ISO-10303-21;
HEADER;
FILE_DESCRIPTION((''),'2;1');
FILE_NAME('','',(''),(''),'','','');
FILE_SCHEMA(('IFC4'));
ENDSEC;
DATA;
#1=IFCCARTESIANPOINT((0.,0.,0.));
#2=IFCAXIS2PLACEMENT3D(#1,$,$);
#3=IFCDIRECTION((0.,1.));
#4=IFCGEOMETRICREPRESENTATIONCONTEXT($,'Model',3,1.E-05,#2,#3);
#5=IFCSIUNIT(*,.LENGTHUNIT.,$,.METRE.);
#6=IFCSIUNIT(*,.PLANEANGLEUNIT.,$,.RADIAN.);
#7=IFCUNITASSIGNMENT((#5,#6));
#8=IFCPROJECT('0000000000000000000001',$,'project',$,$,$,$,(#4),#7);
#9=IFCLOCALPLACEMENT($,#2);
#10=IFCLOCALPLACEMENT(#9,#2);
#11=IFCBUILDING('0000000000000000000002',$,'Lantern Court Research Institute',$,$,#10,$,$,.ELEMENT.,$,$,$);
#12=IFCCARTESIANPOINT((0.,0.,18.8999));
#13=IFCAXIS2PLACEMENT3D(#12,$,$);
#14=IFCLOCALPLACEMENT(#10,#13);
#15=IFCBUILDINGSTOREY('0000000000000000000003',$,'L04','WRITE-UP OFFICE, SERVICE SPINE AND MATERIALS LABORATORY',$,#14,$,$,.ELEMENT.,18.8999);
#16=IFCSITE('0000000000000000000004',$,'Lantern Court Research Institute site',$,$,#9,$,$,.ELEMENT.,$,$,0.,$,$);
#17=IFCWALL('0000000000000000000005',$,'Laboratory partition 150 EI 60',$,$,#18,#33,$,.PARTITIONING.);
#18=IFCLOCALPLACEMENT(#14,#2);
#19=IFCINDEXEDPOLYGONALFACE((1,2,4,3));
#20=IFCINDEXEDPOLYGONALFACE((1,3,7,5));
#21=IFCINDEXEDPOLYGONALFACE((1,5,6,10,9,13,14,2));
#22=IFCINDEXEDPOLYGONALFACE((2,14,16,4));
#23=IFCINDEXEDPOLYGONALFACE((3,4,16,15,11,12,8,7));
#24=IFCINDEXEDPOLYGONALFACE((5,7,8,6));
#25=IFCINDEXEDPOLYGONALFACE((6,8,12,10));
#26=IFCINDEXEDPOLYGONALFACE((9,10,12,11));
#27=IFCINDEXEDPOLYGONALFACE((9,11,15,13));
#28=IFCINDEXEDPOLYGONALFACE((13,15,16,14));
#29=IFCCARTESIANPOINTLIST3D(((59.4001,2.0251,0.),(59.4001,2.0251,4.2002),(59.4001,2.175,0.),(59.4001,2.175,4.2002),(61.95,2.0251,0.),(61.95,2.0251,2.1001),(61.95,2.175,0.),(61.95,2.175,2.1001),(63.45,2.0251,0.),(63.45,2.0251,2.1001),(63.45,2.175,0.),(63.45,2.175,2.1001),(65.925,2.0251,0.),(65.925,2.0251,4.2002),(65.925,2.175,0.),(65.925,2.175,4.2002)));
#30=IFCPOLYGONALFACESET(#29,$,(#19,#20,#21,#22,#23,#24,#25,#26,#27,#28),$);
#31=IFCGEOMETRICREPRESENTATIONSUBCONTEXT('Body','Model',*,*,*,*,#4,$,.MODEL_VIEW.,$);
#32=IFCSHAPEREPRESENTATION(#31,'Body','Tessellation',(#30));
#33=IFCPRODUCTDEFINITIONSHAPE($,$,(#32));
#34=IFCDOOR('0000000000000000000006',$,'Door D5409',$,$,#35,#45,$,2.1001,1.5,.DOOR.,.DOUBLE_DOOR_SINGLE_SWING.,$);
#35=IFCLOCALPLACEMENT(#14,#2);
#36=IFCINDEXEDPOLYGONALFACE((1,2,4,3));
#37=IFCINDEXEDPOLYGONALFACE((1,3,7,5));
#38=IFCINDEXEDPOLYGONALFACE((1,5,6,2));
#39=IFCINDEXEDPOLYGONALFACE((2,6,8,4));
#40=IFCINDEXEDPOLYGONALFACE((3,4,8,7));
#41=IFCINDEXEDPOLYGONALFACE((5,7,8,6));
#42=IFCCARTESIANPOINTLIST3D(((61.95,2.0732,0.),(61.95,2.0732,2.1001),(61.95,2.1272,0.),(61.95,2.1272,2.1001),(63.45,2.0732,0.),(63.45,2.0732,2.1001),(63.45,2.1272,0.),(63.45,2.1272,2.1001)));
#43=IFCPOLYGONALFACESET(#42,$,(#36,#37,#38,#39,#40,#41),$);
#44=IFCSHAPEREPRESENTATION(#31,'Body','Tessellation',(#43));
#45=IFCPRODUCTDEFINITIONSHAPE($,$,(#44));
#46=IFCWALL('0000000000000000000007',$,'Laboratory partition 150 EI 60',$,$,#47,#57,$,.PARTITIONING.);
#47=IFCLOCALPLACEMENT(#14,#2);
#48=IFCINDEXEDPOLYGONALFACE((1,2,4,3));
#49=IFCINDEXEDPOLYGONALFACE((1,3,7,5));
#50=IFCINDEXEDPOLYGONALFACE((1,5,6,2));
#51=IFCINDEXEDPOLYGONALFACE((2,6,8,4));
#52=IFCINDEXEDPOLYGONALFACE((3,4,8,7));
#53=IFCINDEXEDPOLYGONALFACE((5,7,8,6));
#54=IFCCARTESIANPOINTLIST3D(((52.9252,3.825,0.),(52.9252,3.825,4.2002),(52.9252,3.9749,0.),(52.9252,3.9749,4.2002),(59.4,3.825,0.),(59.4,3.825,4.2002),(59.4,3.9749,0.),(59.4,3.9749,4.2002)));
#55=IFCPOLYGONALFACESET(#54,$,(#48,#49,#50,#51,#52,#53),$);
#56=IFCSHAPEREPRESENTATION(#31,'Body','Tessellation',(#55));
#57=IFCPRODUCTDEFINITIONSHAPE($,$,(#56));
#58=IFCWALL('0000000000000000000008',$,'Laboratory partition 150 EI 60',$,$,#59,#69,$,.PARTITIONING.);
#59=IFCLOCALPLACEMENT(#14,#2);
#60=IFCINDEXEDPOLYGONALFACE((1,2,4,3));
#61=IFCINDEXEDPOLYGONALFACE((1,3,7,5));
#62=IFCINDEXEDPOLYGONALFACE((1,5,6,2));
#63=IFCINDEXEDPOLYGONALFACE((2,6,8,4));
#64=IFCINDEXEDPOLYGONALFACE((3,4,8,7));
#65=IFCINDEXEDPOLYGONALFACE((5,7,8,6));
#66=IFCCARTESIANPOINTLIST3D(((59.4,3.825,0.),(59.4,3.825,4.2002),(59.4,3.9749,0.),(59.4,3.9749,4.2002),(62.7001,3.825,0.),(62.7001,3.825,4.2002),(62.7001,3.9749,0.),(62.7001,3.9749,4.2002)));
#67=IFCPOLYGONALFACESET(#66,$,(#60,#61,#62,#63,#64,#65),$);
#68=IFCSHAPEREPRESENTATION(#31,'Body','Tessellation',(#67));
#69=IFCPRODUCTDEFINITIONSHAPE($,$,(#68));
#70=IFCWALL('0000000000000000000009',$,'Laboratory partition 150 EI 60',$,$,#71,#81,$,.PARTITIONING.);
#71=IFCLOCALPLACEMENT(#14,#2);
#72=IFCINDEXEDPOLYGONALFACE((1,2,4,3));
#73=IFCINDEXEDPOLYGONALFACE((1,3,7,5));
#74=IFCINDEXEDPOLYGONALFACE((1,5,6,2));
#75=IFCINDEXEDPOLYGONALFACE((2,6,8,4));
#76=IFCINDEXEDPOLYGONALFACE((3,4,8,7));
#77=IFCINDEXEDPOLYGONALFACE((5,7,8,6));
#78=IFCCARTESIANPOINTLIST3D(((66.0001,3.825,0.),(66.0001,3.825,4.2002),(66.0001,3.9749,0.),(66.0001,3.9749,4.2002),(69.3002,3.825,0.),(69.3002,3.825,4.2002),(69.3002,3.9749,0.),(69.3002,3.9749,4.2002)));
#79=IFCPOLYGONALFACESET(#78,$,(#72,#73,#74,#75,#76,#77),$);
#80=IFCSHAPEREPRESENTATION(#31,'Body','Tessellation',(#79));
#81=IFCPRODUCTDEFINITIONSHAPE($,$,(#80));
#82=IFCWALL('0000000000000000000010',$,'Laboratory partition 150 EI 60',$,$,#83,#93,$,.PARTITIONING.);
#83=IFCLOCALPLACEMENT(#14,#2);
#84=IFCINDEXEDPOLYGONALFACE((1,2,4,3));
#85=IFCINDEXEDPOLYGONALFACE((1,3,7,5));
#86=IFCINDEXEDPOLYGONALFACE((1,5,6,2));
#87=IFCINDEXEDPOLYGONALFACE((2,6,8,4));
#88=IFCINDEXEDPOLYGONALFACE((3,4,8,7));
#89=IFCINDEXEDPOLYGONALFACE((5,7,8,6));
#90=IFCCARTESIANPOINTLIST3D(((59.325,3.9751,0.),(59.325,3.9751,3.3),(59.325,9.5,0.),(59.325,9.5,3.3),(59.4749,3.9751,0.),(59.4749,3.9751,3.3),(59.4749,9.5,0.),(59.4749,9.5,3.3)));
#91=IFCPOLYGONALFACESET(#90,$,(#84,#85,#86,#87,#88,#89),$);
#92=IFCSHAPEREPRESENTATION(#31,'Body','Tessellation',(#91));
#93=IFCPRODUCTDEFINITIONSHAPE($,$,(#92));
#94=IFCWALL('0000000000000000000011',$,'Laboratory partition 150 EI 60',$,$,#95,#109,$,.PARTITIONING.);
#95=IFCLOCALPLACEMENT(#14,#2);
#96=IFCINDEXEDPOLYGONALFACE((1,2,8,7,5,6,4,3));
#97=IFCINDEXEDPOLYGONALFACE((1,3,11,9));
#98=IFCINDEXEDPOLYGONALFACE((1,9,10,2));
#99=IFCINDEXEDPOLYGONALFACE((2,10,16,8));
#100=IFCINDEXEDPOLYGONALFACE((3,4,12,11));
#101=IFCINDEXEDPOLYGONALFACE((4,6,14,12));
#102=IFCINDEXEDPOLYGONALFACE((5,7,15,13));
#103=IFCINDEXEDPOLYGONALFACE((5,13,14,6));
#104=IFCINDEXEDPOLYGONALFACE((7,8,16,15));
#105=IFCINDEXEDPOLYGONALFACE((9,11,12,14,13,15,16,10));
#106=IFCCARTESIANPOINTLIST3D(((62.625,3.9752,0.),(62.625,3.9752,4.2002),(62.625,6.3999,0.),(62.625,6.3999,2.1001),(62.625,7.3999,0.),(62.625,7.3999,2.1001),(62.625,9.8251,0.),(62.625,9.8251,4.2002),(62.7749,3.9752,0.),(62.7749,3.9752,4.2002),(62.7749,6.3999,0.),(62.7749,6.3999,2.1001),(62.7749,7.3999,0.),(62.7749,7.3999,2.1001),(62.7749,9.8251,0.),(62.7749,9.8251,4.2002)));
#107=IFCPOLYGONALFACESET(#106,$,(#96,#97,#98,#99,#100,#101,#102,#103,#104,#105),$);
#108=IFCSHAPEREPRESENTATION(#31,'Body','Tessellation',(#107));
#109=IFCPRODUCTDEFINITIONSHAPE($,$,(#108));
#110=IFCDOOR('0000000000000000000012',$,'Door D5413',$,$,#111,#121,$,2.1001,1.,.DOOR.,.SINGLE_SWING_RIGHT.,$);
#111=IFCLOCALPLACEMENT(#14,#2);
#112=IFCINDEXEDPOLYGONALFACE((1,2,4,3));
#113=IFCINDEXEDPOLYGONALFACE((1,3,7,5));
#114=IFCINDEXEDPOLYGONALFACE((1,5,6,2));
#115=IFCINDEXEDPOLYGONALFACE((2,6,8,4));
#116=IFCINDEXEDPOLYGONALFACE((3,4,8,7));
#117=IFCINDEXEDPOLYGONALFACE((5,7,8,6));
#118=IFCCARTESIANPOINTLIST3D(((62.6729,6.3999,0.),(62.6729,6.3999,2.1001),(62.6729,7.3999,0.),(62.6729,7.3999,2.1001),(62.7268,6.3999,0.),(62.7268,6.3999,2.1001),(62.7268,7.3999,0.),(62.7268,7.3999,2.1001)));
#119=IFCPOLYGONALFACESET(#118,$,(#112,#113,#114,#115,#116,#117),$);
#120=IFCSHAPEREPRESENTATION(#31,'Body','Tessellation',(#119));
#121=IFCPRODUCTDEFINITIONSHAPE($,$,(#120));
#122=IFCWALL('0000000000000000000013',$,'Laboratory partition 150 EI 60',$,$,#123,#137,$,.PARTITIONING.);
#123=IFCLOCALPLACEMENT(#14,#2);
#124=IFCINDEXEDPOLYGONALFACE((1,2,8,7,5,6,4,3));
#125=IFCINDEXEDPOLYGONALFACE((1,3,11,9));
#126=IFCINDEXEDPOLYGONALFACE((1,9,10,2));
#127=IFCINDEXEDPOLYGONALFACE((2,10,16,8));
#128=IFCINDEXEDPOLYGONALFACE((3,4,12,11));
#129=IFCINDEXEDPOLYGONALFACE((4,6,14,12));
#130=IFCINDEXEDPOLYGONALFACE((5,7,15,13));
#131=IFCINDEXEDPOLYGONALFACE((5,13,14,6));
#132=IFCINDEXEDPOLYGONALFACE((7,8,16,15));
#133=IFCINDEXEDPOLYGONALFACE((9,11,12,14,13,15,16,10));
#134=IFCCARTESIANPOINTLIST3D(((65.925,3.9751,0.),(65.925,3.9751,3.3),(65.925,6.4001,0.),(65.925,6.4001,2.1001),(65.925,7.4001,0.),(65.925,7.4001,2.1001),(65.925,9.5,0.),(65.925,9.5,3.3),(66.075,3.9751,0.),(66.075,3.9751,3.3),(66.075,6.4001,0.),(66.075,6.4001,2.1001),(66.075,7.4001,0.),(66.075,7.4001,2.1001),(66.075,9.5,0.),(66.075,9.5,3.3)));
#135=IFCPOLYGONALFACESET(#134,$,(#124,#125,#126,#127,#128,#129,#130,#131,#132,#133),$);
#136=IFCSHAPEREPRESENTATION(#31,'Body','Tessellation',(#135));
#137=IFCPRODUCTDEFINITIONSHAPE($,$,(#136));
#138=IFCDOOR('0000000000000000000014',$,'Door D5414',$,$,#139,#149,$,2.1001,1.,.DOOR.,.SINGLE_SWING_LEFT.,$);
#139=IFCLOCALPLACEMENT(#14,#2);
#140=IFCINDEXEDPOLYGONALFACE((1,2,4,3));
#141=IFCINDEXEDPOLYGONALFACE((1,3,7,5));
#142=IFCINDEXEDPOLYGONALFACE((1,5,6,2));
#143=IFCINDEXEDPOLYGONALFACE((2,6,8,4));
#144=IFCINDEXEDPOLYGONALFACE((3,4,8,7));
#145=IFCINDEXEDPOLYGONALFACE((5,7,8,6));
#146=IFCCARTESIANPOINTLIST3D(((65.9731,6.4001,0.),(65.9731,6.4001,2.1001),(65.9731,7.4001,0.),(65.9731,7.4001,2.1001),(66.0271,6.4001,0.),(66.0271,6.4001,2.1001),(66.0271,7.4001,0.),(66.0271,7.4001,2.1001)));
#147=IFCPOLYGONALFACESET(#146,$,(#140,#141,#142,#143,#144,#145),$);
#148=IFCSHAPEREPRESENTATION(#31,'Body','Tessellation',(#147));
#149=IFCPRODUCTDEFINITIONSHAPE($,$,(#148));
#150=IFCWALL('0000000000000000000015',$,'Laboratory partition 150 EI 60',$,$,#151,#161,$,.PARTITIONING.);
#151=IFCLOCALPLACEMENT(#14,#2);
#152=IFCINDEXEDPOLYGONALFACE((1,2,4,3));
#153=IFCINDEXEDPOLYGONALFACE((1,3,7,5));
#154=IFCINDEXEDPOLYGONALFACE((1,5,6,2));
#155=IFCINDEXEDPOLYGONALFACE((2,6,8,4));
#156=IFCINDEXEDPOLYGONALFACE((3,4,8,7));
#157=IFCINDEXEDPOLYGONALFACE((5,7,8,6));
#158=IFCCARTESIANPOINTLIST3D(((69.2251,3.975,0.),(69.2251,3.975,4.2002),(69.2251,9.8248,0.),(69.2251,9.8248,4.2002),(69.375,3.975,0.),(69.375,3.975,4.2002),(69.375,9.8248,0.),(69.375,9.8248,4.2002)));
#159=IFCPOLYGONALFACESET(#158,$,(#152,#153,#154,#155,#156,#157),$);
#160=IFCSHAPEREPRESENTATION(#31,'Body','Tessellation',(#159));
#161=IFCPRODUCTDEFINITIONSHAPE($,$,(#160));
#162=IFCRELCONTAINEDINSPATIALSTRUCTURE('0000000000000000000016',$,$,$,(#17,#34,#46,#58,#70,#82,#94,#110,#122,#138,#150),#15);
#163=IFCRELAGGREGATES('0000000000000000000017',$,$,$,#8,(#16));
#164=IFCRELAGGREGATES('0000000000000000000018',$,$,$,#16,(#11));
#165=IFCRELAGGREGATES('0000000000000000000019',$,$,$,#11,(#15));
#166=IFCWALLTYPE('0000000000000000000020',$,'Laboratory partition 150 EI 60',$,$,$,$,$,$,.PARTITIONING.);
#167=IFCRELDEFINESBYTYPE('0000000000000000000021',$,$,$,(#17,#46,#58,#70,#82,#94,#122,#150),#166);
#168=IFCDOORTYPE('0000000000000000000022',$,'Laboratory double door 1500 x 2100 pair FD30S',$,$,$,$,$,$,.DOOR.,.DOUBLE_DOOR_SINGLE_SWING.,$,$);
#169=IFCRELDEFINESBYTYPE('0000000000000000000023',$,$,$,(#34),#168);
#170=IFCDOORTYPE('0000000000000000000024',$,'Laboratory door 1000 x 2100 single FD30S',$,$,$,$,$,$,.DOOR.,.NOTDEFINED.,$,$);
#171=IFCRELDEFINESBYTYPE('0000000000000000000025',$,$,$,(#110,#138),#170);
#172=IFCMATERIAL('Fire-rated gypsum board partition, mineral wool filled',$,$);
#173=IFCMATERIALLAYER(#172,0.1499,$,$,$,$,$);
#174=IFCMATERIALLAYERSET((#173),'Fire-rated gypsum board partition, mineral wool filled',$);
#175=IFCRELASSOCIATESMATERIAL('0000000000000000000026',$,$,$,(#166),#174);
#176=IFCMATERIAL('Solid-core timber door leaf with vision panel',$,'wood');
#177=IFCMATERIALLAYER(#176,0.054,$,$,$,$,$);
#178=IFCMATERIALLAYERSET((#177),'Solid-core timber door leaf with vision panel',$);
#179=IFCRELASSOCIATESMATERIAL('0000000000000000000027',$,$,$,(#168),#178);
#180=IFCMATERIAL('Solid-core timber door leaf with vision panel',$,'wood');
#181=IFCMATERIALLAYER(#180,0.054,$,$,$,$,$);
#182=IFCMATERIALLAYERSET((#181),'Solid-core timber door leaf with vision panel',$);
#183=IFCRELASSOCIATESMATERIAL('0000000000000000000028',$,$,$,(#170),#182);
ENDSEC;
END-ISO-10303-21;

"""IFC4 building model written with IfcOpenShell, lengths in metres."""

from ifc_helpers import new_model, si_unit, direction, frame, frame_2d, origin, place, context, subcontext, project, spatial, rectangle, extrude, material, layer, layer_set, type_object, element, fill, save


model = new_model("IFC4")

# Units and contexts
model_context = context("Model", 3, precision=1e-05, world=origin(), true_north=direction((0.0, 1.0)))
body_context = subcontext(model_context, "Body", "Model", "MODEL_VIEW")
ifc_project = project(units=[si_unit("LENGTHUNIT", "METRE"), si_unit("PLANEANGLEUNIT", "RADIAN")], contexts=[model_context])

# Site, building, storey
site_placement = place(None, origin())
site = spatial("IfcSite", under=ifc_project, at=site_placement, Name="Lantern Court Research Institute site", CompositionType="ELEMENT", RefElevation=0.0)
building_placement = place(site_placement, origin())
building = spatial("IfcBuilding", under=site, at=building_placement, Name="Lantern Court Research Institute", CompositionType="ELEMENT")
storey_placement = place(building_placement, frame((0.0, 0.0, 18.8999)))
storey = spatial("IfcBuildingStorey", under=building, at=storey_placement, Name="L04", Description="WRITE-UP OFFICE, SERVICE SPINE AND MATERIALS LABORATORY", CompositionType="ELEMENT", Elevation=18.8999)

# Shared definitions
ifc_material_1 = material(Name="Fire-rated gypsum board partition, mineral wool filled")
ifc_layer_1 = layer(ifc_material_1, 0.1499)
ifc_layer_set_1 = layer_set([ifc_layer_1], Name="Fire-rated gypsum board partition, mineral wool filled")
wall_type_1 = type_object("IfcWallType", Name="Laboratory partition 150 EI 60", PredefinedType="PARTITIONING", material=ifc_layer_set_1)

# Wall, opening, door
wall_1_placement = place(storey_placement, frame((65.925, 2.1001, 0.0), z_axis=(0.0, 0.0, 1.0), x_axis=(-1.0, 0.0, 0.0)))
wall_1 = element("IfcWall", 1, at=wall_1_placement, inside=storey, type_object=wall_type_1, Name="Laboratory partition 150 EI 60", PredefinedType="PARTITIONING", context=body_context, shape_type="SweptSolid", body=[
    extrude(rectangle(XDim=6.5249, YDim=0.1499, at=frame_2d((3.2625, 0.0))), origin(), (0.0, 0.0, 1.0), 4.2002),
])
opening_1_placement = place(wall_1_placement, frame((2.4751, 0.0, 0.0)))
opening_1 = element("IfcOpeningElement", 2, at=opening_1_placement, cuts=wall_1, PredefinedType="OPENING", context=body_context, shape_type="SweptSolid", body=[
    extrude(rectangle(XDim=1.5, YDim=2.1001, at=frame_2d((0.75, 1.05))), frame((0.0, 0.085, 0.0), z_axis=(0.0, -1.0, 0.0), x_axis=(1.0, 0.0, 0.0)), (0.0, 0.0, 1.0), 0.1699),
])
ifc_material_2 = material(Name="Solid-core timber door leaf with vision panel", Category="wood")
ifc_layer_2 = layer(ifc_material_2, 0.054)
ifc_layer_set_2 = layer_set([ifc_layer_2], Name="Solid-core timber door leaf with vision panel")
door_type_1 = type_object("IfcDoorType", Name="Laboratory double door 1500 x 2100 pair FD30S", OperationType="DOUBLE_DOOR_SINGLE_SWING", PredefinedType="DOOR", material=ifc_layer_set_2)
door_1_placement = place(opening_1_placement, origin())
door_1 = element("IfcDoor", 3, at=door_1_placement, inside=storey, type_object=door_type_1, Name="Door D5409", OperationType="DOUBLE_DOOR_SINGLE_SWING", OverallHeight=2.1001, OverallWidth=1.5, PredefinedType="DOOR", context=body_context, shape_type="SweptSolid", body=[
    extrude(rectangle(XDim=1.5, YDim=2.1001, at=frame_2d((0.75, 1.05))), frame((0.0, 0.0269, 0.0), z_axis=(0.0, -1.0, 0.0), x_axis=(1.0, 0.0, 0.0)), (0.0, 0.0, 1.0), 0.054),
])
fill(opening_1, door_1)

# Walls
wall_2_placement = place(storey_placement, frame((59.3999, 3.8999, 0.0), z_axis=(0.0, 0.0, 1.0), x_axis=(-1.0, 0.0, 0.0)))
element("IfcWall", 4, at=wall_2_placement, inside=storey, type_object=wall_type_1, Name="Laboratory partition 150 EI 60", PredefinedType="PARTITIONING", context=body_context, shape_type="SweptSolid", body=[
    extrude(rectangle(XDim=6.4749, YDim=0.1499, at=frame_2d((3.2373, 0.0))), origin(), (0.0, 0.0, 1.0), 4.2002),
])
for number, where, z_axis, x_axis, name in (
    (5, (62.7, 3.8999, 0.0), (0.0, 0.0, 1.0), (-1.0, 0.0, 0.0), "Laboratory partition 150 EI 60"),
    (6, (69.3, 3.8999, 0.0), (0.0, 0.0, 1.0), (-1.0, 0.0, 0.0), "Laboratory partition 150 EI 60"),
):
    element("IfcWall", number, at=place(storey_placement, frame(where, z_axis=z_axis, x_axis=x_axis)), inside=storey, type_object=wall_type_1, Name=name, PredefinedType="PARTITIONING", context=body_context, shape_type="SweptSolid", body=[
        extrude(rectangle(XDim=3.3, YDim=0.1499, at=frame_2d((1.6499, 0.0))), origin(), (0.0, 0.0, 1.0), 4.2002),
    ])
wall_3_placement = place(storey_placement, frame((59.3999, 3.9751, 0.0), z_axis=(0.0, 0.0, 1.0), x_axis=(0.0, 1.0, 0.0)))
element("IfcWall", 7, at=wall_3_placement, inside=storey, type_object=wall_type_1, Name="Laboratory partition 150 EI 60", PredefinedType="PARTITIONING", context=body_context, shape_type="SweptSolid", body=[
    extrude(rectangle(XDim=5.5249, YDim=0.1499, at=frame_2d((2.7625, 0.0))), origin(), (0.0, 0.0, 1.0), 3.3),
])

# Walls, openings, doors
wall_4_placement = place(storey_placement, frame((62.7, 9.825, 0.0), z_axis=(0.0, 0.0, 1.0), x_axis=(0.0, -1.0, 0.0)))
wall_4 = element("IfcWall", 8, at=wall_4_placement, inside=storey, type_object=wall_type_1, Name="Laboratory partition 150 EI 60", PredefinedType="PARTITIONING", context=body_context, shape_type="SweptSolid", body=[
    extrude(rectangle(XDim=5.8499, YDim=0.1499, at=frame_2d((2.9248, 0.0))), origin(), (0.0, 0.0, 1.0), 4.2002),
])
opening_2_placement = place(wall_4_placement, frame((2.425, 0.0, 0.0)))
opening_2 = element("IfcOpeningElement", 9, at=opening_2_placement, cuts=wall_4, PredefinedType="OPENING", context=body_context, shape_type="SweptSolid", body=[
    extrude(rectangle(XDim=1.0, YDim=2.1001, at=frame_2d((0.5, 1.05))), frame((0.0, 0.085, 0.0), z_axis=(0.0, -1.0, 0.0), x_axis=(1.0, 0.0, 0.0)), (0.0, 0.0, 1.0), 0.1699),
])
ifc_material_3 = material(Name="Solid-core timber door leaf with vision panel", Category="wood")
ifc_layer_3 = layer(ifc_material_3, 0.054)
ifc_layer_set_3 = layer_set([ifc_layer_3], Name="Solid-core timber door leaf with vision panel")
door_type_2 = type_object("IfcDoorType", Name="Laboratory door 1000 x 2100 single FD30S", OperationType="NOTDEFINED", PredefinedType="DOOR", material=ifc_layer_set_3)
door_2_placement = place(opening_2_placement, origin())
door_2 = element("IfcDoor", 10, at=door_2_placement, inside=storey, type_object=door_type_2, Name="Door D5413", OperationType="SINGLE_SWING_RIGHT", OverallHeight=2.1001, OverallWidth=1.0, PredefinedType="DOOR", context=body_context, shape_type="SweptSolid", body=[
    extrude(rectangle(XDim=1.0, YDim=2.1001, at=frame_2d((0.5, 1.05))), frame((0.0, 0.0269, 0.0), z_axis=(0.0, -1.0, 0.0), x_axis=(1.0, 0.0, 0.0)), (0.0, 0.0, 1.0), 0.054),
])
fill(opening_2, door_2)
wall_5_placement = place(storey_placement, frame((66.0, 3.9751, 0.0), z_axis=(0.0, 0.0, 1.0), x_axis=(0.0, 1.0, 0.0)))
wall_5 = element("IfcWall", 11, at=wall_5_placement, inside=storey, type_object=wall_type_1, Name="Laboratory partition 150 EI 60", PredefinedType="PARTITIONING", context=body_context, shape_type="SweptSolid", body=[
    extrude(rectangle(XDim=5.5249, YDim=0.1499, at=frame_2d((2.7625, 0.0))), origin(), (0.0, 0.0, 1.0), 3.3),
])
opening_3_placement = place(wall_5_placement, frame((2.425, 0.0, 0.0)))
opening_3 = element("IfcOpeningElement", 12, at=opening_3_placement, cuts=wall_5, PredefinedType="OPENING", context=body_context, shape_type="SweptSolid", body=[
    extrude(rectangle(XDim=1.0, YDim=2.1001, at=frame_2d((0.5, 1.05))), frame((0.0, 0.085, 0.0), z_axis=(0.0, -1.0, 0.0), x_axis=(1.0, 0.0, 0.0)), (0.0, 0.0, 1.0), 0.1699),
])
door_3_placement = place(opening_3_placement, origin())
door_3 = element("IfcDoor", 13, at=door_3_placement, inside=storey, type_object=door_type_2, Name="Door D5414", OperationType="SINGLE_SWING_LEFT", OverallHeight=2.1001, OverallWidth=1.0, PredefinedType="DOOR", context=body_context, shape_type="SweptSolid", body=[
    extrude(rectangle(XDim=1.0, YDim=2.1001, at=frame_2d((0.5, 1.05))), frame((0.0, 0.0269, 0.0), z_axis=(0.0, -1.0, 0.0), x_axis=(1.0, 0.0, 0.0)), (0.0, 0.0, 1.0), 0.054),
])
fill(opening_3, door_3)

# Wall
wall_6_placement = place(storey_placement, frame((69.3, 3.9751, 0.0), z_axis=(0.0, 0.0, 1.0), x_axis=(0.0, 1.0, 0.0)))
element("IfcWall", 14, at=wall_6_placement, inside=storey, type_object=wall_type_1, Name="Laboratory partition 150 EI 60", PredefinedType="PARTITIONING", context=body_context, shape_type="SweptSolid", body=[
    extrude(rectangle(XDim=5.8499, YDim=0.1499, at=frame_2d((2.9248, 0.0))), origin(), (0.0, 0.0, 1.0), 4.2002),
])

save(model, "model.ifc")
